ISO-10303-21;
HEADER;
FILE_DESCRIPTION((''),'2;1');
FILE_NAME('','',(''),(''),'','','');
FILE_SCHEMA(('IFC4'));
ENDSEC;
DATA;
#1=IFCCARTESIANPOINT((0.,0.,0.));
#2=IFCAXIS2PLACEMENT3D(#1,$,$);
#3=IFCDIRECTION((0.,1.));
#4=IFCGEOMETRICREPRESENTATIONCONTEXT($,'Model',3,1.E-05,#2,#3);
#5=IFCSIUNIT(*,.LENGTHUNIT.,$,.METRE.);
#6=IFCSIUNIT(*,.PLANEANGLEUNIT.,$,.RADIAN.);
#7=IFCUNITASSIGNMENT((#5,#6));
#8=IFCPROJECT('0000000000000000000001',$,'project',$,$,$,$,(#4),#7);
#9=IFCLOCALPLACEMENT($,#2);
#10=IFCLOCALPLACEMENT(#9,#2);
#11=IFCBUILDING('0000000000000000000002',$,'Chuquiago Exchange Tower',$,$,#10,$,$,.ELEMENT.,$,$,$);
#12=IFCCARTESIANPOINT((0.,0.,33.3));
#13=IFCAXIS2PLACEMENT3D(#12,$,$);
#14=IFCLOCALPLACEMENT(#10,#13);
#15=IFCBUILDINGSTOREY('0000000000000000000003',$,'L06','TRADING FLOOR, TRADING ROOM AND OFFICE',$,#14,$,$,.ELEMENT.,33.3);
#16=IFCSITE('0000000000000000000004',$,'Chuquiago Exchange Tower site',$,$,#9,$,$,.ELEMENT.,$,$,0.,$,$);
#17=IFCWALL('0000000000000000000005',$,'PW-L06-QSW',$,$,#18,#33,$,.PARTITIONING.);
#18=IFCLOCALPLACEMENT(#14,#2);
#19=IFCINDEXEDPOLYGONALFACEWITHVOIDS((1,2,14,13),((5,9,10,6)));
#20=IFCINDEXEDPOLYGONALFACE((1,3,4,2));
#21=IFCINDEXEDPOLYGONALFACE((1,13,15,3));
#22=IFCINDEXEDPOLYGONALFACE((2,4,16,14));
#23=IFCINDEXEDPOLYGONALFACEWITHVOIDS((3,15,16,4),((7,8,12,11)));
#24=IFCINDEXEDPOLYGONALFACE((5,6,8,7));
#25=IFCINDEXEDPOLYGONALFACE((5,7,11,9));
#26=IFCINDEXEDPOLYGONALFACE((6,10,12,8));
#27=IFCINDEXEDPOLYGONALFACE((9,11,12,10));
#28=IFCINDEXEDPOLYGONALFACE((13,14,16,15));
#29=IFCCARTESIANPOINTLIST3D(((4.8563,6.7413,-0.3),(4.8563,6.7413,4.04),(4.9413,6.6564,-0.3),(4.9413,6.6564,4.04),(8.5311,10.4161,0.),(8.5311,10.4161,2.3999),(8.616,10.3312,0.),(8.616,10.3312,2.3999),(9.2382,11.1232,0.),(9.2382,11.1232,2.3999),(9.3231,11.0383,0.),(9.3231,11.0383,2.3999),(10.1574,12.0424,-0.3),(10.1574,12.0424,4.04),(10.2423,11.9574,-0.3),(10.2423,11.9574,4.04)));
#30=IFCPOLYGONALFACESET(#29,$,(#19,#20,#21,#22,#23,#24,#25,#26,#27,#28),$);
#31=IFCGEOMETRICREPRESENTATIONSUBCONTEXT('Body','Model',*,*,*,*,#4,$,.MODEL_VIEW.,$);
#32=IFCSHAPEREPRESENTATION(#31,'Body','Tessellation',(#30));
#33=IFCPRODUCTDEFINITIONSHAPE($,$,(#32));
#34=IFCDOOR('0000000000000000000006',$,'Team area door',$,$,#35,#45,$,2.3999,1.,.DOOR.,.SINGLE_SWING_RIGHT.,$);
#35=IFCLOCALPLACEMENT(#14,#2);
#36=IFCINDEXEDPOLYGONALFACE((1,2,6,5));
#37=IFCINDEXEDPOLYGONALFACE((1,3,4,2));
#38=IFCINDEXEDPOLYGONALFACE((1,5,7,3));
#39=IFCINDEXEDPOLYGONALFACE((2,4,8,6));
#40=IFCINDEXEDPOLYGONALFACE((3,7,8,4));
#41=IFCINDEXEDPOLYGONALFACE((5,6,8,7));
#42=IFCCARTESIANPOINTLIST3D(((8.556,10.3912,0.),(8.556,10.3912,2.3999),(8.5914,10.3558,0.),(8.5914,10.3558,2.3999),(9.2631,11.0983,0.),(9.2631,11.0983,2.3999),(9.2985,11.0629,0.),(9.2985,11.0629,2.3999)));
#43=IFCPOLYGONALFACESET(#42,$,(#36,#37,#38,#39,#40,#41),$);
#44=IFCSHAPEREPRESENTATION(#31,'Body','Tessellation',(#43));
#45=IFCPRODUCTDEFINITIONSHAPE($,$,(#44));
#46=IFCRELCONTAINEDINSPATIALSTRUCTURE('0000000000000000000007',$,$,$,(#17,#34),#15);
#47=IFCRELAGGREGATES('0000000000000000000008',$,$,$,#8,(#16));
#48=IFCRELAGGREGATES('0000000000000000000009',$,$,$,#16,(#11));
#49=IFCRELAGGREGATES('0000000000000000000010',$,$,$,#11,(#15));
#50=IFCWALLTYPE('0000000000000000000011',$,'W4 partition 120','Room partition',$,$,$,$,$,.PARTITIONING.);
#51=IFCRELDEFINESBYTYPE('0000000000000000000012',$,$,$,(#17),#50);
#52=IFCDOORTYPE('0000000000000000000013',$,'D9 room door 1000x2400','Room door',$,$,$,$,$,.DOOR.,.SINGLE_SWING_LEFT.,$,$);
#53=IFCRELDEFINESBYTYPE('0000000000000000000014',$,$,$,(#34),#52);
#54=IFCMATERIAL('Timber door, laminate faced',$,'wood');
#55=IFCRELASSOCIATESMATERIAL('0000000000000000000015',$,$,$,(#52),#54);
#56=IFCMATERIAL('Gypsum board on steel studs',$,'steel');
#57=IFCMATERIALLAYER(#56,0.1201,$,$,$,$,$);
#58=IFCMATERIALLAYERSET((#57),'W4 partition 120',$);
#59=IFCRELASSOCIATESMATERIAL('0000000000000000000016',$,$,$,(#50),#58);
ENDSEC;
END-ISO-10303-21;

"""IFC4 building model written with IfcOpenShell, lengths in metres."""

from ifc_helpers import new_model, si_unit, direction, frame, frame_2d, origin, place, context, subcontext, project, spatial, rectangle, extrude, material, layer, layer_set, type_object, element, fill, save


model = new_model("IFC4")

# Units and contexts
model_context = context("Model", 3, precision=1e-05, world=origin(), true_north=direction((0.0, 1.0)))
body_context = subcontext(model_context, "Body", "Model", "MODEL_VIEW")
ifc_project = project(units=[si_unit("LENGTHUNIT", "METRE"), si_unit("PLANEANGLEUNIT", "RADIAN")], contexts=[model_context])

# Site, building, storey
site_placement = place(None, origin())
site = spatial("IfcSite", under=ifc_project, at=site_placement, Name="Chuquiago Exchange Tower site", CompositionType="ELEMENT", RefElevation=0.0)
building_placement = place(site_placement, origin())
building = spatial("IfcBuilding", under=site, at=building_placement, Name="Chuquiago Exchange Tower", CompositionType="ELEMENT")
storey_placement = place(building_placement, frame((0.0, 0.0, 33.3)))
storey = spatial("IfcBuildingStorey", under=building, at=storey_placement, Name="L06", Description="TRADING FLOOR, TRADING ROOM AND OFFICE", CompositionType="ELEMENT", Elevation=33.3)

# Shared definitions
ifc_material_1 = material(Name="Timber door, laminate faced", Category="wood")
door_type = type_object("IfcDoorType", Name="D9 room door 1000x2400", Description="Room door", OperationType="SINGLE_SWING_LEFT", PredefinedType="DOOR", material=ifc_material_1)

# Shared definitions
ifc_material_2 = material(Name="Gypsum board on steel studs", Category="steel")
ifc_layer_1 = layer(ifc_material_2, 0.1201)
ifc_layer_set_1 = layer_set([ifc_layer_1], Name="W4 partition 120")
wall_type_1 = type_object("IfcWallType", Name="W4 partition 120", Description="Room partition", PredefinedType="PARTITIONING", material=ifc_layer_set_1)

# Wall, opening, door
wall_1_placement = place(storey_placement, frame((10.2, 12.0, -0.3), z_axis=(0.0, 0.0, 1.0), x_axis=(-0.707107, -0.707107, 0.0)))
wall_1 = element("IfcWall", 1, at=wall_1_placement, inside=storey, type_object=wall_type_1, Name="PW-L06-QSW", PredefinedType="PARTITIONING", context=body_context, shape_type="SweptSolid", body=[
    extrude(rectangle(XDim=7.4968, YDim=0.1201, at=frame_2d((3.7485, 0.0))), origin(), (0.0, 0.0, 1.0), 4.3401),
])
opening_1_placement = place(wall_1_placement, frame((1.3, 0.0, 0.3)))
opening_1 = element("IfcOpeningElement", 2, at=opening_1_placement, cuts=wall_1, PredefinedType="OPENING", context=body_context, shape_type="SweptSolid", body=[
    extrude(rectangle(XDim=1.0, YDim=2.3999, at=frame_2d((0.5, 1.2))), frame((0.0, 0.0701, 0.0), z_axis=(0.0, -1.0, 0.0), x_axis=(1.0, 0.0, 0.0)), (0.0, 0.0, 1.0), 0.1401),
])
door_1_placement = place(opening_1_placement, frame((1.0, 0.0, 0.0), z_axis=(0.0, 0.0, 1.0), x_axis=(-1.0, 0.0, 0.0)))
door_1 = element("IfcDoor", 3, at=door_1_placement, inside=storey, type_object=door_type, Name="Team area door", OperationType="SINGLE_SWING_RIGHT", OverallHeight=2.3999, OverallWidth=1.0, PredefinedType="DOOR", context=body_context, shape_type="SweptSolid", body=[
    extrude(rectangle(XDim=1.0, YDim=2.3999, at=frame_2d((0.5, 1.2))), frame((0.0, 0.0249, 0.0), z_axis=(0.0, -1.0, 0.0), x_axis=(1.0, 0.0, 0.0)), (0.0, 0.0, 1.0), 0.05),
])
fill(opening_1, door_1)

save(model, "model.ifc")
